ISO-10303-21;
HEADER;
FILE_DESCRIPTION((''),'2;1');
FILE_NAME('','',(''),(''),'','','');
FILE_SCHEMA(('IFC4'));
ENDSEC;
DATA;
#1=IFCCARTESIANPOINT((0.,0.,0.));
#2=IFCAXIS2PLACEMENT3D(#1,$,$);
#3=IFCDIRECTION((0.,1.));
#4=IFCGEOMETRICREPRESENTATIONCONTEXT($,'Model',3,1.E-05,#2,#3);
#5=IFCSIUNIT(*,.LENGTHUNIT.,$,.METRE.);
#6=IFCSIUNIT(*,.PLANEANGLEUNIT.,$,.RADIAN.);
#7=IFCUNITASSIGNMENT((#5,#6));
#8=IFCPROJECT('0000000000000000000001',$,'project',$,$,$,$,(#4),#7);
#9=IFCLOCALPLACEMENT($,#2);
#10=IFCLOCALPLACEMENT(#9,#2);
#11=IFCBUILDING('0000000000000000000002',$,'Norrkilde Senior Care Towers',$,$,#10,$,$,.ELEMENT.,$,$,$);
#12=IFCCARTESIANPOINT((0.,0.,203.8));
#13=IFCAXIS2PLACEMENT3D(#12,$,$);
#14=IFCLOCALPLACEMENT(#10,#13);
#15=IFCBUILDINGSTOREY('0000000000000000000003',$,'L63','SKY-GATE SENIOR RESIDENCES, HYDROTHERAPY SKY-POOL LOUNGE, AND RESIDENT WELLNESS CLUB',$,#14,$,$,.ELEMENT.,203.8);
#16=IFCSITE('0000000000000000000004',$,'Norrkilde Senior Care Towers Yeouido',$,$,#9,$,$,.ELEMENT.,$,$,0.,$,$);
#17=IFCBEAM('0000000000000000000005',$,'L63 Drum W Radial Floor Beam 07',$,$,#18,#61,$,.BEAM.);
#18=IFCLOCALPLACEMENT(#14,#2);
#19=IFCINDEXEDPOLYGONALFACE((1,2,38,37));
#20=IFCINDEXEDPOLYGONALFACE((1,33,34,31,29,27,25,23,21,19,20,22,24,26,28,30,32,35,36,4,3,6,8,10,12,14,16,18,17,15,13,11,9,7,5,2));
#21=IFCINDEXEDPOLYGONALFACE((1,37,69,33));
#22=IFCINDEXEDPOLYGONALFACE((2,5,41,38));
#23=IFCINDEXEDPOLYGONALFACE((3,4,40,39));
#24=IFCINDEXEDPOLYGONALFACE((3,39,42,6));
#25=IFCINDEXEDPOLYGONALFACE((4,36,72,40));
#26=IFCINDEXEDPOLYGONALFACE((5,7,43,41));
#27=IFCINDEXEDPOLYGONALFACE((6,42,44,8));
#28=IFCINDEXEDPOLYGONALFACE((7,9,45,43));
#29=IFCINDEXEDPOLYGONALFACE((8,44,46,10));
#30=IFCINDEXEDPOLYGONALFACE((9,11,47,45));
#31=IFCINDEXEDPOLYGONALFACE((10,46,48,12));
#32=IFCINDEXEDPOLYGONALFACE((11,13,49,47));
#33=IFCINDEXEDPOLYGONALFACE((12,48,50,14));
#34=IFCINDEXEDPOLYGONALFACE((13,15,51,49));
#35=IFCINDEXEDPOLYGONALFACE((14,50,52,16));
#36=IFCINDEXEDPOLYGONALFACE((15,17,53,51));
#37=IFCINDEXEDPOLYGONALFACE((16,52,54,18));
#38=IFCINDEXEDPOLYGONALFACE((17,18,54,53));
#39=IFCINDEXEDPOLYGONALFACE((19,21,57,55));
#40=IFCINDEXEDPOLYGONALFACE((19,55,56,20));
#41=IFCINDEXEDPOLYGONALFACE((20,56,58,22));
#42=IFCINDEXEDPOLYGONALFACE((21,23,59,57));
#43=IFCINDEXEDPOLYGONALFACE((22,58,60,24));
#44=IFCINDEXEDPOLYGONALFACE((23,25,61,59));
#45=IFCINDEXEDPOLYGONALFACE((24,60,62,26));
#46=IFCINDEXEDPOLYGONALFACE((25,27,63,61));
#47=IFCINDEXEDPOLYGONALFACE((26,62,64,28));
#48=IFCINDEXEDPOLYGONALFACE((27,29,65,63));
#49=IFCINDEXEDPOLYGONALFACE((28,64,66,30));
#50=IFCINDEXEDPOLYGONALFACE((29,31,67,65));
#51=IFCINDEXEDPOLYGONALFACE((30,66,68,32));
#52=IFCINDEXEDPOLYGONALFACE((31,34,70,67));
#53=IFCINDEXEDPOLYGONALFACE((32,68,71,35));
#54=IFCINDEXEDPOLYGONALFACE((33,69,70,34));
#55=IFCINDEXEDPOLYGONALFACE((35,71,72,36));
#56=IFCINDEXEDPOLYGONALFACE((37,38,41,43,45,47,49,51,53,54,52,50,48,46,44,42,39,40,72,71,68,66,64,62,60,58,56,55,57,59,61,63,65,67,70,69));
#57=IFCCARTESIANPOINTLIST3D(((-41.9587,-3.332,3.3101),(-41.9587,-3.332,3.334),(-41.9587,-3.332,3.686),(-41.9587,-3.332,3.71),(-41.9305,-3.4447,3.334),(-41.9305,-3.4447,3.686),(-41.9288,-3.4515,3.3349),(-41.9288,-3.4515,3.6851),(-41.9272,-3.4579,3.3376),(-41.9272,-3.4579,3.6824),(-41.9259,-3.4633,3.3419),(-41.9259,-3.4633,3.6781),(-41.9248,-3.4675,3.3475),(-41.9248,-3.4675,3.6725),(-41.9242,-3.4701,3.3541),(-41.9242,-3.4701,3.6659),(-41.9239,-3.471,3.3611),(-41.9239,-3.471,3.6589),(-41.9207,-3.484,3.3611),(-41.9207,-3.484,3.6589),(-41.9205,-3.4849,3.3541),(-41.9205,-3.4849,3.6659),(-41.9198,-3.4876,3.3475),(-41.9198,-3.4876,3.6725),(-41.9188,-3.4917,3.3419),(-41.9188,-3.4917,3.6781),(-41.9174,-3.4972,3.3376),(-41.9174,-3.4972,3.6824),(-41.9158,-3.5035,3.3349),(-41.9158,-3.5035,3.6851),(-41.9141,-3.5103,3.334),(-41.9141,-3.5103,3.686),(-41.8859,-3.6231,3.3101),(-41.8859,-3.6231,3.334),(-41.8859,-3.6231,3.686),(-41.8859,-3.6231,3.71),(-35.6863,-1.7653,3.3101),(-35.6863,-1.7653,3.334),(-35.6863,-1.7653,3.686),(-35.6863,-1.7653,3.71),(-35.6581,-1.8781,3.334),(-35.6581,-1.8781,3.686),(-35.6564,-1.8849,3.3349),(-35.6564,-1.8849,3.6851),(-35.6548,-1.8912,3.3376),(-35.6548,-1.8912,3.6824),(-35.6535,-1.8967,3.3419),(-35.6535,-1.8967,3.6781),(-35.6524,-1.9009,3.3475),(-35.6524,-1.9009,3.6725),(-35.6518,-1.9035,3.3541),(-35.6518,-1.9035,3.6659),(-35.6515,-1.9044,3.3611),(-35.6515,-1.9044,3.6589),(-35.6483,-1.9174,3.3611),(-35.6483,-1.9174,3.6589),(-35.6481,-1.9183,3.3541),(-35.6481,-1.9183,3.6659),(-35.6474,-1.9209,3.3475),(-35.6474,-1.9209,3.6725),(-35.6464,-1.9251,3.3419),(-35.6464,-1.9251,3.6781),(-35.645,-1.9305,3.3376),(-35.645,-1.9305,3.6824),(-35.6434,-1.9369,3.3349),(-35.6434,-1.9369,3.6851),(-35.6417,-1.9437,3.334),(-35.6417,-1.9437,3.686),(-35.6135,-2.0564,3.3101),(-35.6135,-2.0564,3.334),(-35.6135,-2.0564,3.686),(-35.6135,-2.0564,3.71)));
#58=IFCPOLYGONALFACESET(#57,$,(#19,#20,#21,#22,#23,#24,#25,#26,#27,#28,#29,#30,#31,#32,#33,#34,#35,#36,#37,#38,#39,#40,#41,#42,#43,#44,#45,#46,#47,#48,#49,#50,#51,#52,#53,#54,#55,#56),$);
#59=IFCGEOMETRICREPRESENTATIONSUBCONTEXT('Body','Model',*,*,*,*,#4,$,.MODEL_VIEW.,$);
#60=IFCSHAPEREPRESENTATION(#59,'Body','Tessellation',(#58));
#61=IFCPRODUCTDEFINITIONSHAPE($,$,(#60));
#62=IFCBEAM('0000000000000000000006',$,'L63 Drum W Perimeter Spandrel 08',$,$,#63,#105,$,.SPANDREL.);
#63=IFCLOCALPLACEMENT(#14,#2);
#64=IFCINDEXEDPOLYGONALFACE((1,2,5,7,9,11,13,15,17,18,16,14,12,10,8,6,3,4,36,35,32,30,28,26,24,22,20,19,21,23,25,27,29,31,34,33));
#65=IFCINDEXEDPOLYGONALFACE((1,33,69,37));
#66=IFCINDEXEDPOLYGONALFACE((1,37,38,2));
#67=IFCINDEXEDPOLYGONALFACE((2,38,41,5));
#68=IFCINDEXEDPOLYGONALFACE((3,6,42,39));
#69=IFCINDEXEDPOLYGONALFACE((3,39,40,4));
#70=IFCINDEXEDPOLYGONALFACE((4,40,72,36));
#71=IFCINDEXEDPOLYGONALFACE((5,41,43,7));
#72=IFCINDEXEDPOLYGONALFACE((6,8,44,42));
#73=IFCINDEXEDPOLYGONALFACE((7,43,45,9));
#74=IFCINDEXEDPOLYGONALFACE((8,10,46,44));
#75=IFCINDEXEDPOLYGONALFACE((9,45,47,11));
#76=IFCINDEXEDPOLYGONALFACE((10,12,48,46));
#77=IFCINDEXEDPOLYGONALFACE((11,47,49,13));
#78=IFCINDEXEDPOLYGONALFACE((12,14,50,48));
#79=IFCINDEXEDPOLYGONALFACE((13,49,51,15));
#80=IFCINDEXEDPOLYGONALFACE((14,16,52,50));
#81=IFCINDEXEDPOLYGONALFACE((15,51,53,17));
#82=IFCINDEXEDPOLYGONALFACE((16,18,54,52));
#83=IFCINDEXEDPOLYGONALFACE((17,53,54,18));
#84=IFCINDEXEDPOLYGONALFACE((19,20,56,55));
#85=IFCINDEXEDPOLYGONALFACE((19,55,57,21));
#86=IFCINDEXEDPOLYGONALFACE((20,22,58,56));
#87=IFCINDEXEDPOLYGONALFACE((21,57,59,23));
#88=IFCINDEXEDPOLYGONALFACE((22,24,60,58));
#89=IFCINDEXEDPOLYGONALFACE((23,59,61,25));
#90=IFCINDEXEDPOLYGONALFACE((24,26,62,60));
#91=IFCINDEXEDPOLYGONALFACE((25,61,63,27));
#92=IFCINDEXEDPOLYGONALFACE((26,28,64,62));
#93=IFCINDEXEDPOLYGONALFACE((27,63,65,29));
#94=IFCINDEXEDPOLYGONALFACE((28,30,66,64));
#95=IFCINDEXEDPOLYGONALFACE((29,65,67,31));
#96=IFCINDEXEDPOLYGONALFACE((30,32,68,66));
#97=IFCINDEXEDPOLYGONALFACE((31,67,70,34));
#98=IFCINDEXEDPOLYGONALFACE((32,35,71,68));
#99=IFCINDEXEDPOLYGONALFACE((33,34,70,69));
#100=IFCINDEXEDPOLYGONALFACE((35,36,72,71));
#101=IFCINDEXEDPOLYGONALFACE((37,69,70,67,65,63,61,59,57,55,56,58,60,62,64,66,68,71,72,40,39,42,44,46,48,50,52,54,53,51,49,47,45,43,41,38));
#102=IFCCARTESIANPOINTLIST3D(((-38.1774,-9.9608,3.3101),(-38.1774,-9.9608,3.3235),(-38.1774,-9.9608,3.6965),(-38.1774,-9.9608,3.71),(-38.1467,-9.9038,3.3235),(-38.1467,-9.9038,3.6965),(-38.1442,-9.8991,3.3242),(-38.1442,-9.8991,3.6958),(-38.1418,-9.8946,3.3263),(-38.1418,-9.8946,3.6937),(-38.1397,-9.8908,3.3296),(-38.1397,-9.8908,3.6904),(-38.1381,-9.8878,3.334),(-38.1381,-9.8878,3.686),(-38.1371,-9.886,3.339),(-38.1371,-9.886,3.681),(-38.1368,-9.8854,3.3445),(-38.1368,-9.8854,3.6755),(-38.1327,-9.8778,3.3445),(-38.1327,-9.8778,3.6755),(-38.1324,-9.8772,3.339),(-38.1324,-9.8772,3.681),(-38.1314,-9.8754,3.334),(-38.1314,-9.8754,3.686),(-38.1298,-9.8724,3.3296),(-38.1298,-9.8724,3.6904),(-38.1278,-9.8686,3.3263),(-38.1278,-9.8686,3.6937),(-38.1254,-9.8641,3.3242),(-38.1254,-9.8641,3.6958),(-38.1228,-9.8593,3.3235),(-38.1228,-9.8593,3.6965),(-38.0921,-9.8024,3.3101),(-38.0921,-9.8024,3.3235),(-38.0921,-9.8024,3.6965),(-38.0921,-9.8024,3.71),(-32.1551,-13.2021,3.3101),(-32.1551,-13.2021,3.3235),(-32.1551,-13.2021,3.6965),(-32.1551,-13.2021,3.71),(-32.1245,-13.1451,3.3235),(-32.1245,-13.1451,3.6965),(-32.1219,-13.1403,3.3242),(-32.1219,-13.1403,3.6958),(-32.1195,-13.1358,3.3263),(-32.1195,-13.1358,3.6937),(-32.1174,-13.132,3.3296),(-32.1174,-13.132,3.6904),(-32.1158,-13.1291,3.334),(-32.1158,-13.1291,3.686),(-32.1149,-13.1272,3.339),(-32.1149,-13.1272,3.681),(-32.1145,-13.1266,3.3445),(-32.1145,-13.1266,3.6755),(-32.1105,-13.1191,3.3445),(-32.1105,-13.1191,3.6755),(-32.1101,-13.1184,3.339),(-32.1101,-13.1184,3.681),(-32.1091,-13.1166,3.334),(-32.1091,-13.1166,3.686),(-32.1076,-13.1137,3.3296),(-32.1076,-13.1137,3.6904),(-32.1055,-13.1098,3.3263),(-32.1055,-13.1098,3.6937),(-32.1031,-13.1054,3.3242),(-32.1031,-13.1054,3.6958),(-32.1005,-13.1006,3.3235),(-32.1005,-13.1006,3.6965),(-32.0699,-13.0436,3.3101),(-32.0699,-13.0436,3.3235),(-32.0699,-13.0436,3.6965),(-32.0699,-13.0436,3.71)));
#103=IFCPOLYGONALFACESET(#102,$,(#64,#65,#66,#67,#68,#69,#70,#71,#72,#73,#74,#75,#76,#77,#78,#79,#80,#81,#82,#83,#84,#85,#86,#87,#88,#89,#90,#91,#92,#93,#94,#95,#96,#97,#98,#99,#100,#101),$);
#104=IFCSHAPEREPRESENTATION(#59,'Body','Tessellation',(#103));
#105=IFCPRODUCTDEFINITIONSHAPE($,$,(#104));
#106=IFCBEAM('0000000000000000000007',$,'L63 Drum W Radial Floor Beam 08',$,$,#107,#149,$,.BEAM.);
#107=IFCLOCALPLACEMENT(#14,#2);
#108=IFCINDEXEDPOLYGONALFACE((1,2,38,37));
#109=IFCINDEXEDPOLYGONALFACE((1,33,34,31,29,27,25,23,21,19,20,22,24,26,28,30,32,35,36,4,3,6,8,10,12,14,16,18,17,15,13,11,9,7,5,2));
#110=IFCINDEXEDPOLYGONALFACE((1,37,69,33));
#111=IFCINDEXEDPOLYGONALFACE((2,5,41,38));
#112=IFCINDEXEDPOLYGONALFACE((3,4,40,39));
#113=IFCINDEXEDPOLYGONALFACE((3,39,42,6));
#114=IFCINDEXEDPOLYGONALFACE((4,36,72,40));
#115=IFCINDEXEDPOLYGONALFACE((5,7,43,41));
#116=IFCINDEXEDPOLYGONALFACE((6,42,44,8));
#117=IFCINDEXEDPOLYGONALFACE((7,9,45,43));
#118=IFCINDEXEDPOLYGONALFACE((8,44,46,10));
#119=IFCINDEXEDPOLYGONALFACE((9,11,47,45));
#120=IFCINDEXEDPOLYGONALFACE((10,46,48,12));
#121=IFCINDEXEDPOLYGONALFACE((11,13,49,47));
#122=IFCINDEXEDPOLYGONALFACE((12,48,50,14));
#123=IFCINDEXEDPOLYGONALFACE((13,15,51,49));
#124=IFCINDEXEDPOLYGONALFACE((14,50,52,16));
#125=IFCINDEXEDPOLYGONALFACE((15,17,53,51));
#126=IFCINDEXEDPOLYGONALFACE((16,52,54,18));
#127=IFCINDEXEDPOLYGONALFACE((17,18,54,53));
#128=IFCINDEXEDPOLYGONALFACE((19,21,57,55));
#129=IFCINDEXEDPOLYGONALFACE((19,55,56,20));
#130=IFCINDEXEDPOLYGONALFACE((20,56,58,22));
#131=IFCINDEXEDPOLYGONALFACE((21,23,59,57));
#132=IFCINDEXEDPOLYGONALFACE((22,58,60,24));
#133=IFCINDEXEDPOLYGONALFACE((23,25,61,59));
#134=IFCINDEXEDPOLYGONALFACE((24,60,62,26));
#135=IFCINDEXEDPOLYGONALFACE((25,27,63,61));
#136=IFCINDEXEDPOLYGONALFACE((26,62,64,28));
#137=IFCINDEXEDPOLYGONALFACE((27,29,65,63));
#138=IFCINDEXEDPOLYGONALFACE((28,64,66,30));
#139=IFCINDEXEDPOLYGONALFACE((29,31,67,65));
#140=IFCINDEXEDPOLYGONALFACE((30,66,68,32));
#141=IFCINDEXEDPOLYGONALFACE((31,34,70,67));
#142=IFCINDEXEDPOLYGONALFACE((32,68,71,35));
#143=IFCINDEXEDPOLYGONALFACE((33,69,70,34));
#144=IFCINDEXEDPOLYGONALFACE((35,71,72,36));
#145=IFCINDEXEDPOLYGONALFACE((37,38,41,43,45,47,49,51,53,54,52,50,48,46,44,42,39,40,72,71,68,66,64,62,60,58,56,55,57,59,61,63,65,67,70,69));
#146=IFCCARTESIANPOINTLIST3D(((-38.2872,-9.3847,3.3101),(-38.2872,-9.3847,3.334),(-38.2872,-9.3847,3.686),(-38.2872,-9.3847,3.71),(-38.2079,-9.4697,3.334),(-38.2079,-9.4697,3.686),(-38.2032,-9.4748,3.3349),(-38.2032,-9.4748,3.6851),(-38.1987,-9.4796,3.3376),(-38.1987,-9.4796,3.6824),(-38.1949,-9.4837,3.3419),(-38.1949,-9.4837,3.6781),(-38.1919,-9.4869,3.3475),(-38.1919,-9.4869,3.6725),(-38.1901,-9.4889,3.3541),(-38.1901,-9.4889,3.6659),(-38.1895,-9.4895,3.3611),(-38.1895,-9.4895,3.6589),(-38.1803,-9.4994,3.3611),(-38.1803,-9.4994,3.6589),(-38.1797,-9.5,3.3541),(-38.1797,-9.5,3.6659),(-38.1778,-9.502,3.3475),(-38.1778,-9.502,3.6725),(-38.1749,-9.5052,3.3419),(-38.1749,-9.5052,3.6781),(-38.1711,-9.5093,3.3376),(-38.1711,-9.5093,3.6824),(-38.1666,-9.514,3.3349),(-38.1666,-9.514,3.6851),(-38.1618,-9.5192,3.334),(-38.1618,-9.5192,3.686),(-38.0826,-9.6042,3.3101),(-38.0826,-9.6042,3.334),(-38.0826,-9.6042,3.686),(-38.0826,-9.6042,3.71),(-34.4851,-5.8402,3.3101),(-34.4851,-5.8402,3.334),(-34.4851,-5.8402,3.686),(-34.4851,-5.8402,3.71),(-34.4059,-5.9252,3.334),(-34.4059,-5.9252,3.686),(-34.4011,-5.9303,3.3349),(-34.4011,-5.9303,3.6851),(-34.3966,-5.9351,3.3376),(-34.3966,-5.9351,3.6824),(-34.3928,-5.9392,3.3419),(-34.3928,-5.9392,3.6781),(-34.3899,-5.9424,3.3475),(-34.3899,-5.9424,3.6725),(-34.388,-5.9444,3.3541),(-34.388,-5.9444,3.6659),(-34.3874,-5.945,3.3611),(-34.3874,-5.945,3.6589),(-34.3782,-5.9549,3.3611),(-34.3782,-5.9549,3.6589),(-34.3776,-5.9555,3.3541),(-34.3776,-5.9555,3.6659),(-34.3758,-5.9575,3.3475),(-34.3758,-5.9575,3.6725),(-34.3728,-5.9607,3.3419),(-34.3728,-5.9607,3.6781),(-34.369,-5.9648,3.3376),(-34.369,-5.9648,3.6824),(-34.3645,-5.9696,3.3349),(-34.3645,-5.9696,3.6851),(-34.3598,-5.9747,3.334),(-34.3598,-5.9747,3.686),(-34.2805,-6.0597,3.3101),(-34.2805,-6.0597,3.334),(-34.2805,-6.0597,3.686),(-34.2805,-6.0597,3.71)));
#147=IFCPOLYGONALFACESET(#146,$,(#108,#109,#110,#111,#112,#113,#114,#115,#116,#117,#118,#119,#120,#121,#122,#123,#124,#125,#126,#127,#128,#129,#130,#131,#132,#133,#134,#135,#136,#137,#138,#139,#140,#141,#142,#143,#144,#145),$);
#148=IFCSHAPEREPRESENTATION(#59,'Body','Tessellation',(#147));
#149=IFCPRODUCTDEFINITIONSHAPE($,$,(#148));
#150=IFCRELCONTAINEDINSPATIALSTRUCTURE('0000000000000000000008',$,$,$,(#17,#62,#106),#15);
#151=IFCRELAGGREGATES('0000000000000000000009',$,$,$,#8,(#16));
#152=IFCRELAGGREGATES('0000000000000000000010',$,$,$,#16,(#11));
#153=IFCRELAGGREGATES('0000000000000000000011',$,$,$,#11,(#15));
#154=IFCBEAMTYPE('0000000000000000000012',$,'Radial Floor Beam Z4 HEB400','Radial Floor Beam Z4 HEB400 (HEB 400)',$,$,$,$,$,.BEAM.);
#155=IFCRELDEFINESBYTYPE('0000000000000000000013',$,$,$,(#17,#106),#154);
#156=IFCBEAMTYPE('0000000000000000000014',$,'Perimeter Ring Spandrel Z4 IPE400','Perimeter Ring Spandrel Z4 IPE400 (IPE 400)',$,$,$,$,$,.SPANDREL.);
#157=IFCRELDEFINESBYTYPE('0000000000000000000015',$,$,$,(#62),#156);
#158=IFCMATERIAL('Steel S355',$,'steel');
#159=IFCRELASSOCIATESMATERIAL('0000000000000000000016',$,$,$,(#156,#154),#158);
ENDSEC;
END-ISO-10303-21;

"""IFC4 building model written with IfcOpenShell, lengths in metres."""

from ifc_helpers import new_model, si_unit, direction, frame, origin, origin_2d, place, context, subcontext, project, spatial, i_section, extrude, source, transform, mapped, material, material_profile, profile_set, type_object, type_shapes, element, save


model = new_model("IFC4")

# Units and contexts
model_context = context("Model", 3, precision=1e-05, world=origin(), true_north=direction((0.0, 1.0)))
body_context = subcontext(model_context, "Body", "Model", "MODEL_VIEW")
ifc_project = project(units=[si_unit("LENGTHUNIT", "METRE"), si_unit("PLANEANGLEUNIT", "RADIAN")], contexts=[model_context])

# Site, building, storey
site_placement = place(None, origin())
site = spatial("IfcSite", under=ifc_project, at=site_placement, Name="Norrkilde Senior Care Towers Yeouido", CompositionType="ELEMENT", RefElevation=0.0)
building_placement = place(site_placement, origin())
building = spatial("IfcBuilding", under=site, at=building_placement, Name="Norrkilde Senior Care Towers", CompositionType="ELEMENT")
storey_placement = place(building_placement, frame((0.0, 0.0, 203.8)))
storey = spatial("IfcBuildingStorey", under=building, at=storey_placement, Name="L63", Description="SKY-GATE SENIOR RESIDENCES, HYDROTHERAPY SKY-POOL LOUNGE, AND RESIDENT WELLNESS CLUB", CompositionType="ELEMENT", Elevation=203.8)

# Beams
ifc_material_1 = material(Name="Steel S355", Category="steel")
ifc_material_profile_1 = material_profile(ifc_material_1, i_section(OverallWidth=0.1799, OverallDepth=0.3999, WebThickness=0.0085, FlangeThickness=0.0134, FilletRadius=0.021, at=origin_2d()), Name="IPE 400")
ifc_profile_set_1 = profile_set([ifc_material_profile_1], Name="Steel S355")
beam_type_1 = type_object("IfcBeamType", Name="Perimeter Ring Spandrel Z4 IPE400", Description="Perimeter Ring Spandrel Z4 IPE400 (IPE 400)", PredefinedType="SPANDREL", material=ifc_profile_set_1)
ifc_material_profile_2 = material_profile(ifc_material_1, i_section(OverallWidth=0.3, OverallDepth=0.3999, WebThickness=0.0134, FlangeThickness=0.0239, FilletRadius=0.0271, at=origin_2d()), Name="HEB 400")
ifc_profile_set_2 = profile_set([ifc_material_profile_2], Name="Steel S355")
beam_type_2 = type_object("IfcBeamType", Name="Radial Floor Beam Z4 HEB400", Description="Radial Floor Beam Z4 HEB400 (HEB 400)", PredefinedType="BEAM", material=ifc_profile_set_2)
shared_shape_1 = source(origin(), body_context, "Body", "SweptSolid", [
    extrude(i_section(OverallWidth=0.3, OverallDepth=0.3999, WebThickness=0.0134, FlangeThickness=0.0239, FilletRadius=0.0271, at=origin_2d()), origin(), (0.0, 0.0, 1.0), 6.4651),
])
beam_1_placement = place(storey_placement, frame((-35.6499, -1.9109, 3.51), z_axis=(-0.970196, -0.242322, 0.0), x_axis=(0.242322, -0.970196, 0.0)))
element("IfcBeam", 1, at=beam_1_placement, inside=storey, type_object=beam_type_2, Name="L63 Drum W Radial Floor Beam 07", PredefinedType="BEAM", context=body_context, shape_type="MappedRepresentation", body=[
    mapped(shared_shape_1, transform((0.0, 0.0, 0.0), x_axis=(1.0, 0.0, 0.0), y_axis=(0.0, 1.0, 0.0), z_axis=(0.0, 0.0, 1.0), scale=1.0)),
])
shared_shape_2 = source(origin(), body_context, "Body", "SweptSolid", [
    extrude(i_section(OverallWidth=0.1799, OverallDepth=0.3999, WebThickness=0.0085, FlangeThickness=0.0134, FilletRadius=0.021, at=origin_2d()), origin(), (0.0, 0.0, 1.0), 6.8391),
])
beam_2_placement = place(storey_placement, frame((-38.1348, -9.8816, 3.51), z_axis=(0.880564, -0.473927, 0.0), x_axis=(0.473927, 0.880564, 0.0)))
element("IfcBeam", 2, at=beam_2_placement, inside=storey, type_object=beam_type_1, Name="L63 Drum W Perimeter Spandrel 08", PredefinedType="SPANDREL", context=body_context, shape_type="MappedRepresentation", body=[
    mapped(shared_shape_2, transform((0.0, 0.0, 0.0), x_axis=(1.0, 0.0, 0.0), y_axis=(0.0, 1.0, 0.0), z_axis=(0.0, 0.0, 1.0), scale=1.0)),
])
shared_shape_3 = source(origin(), body_context, "Body", "SweptSolid", [
    extrude(i_section(OverallWidth=0.3, OverallDepth=0.3999, WebThickness=0.0134, FlangeThickness=0.0239, FilletRadius=0.0271, at=origin_2d()), origin(), (0.0, 0.0, 1.0), 5.198),
])
type_shapes(beam_type_2, [shared_shape_1, shared_shape_3])
beam_3_placement = place(storey_placement, frame((-34.3828, -5.95, 3.51), z_axis=(-0.731449, -0.681896, 0.0), x_axis=(0.681896, -0.731449, 0.0)))
element("IfcBeam", 3, at=beam_3_placement, inside=storey, type_object=beam_type_2, Name="L63 Drum W Radial Floor Beam 08", PredefinedType="BEAM", context=body_context, shape_type="MappedRepresentation", body=[
    mapped(shared_shape_3, transform((0.0, 0.0, 0.0), x_axis=(1.0, 0.0, 0.0), y_axis=(0.0, 1.0, 0.0), z_axis=(0.0, 0.0, 1.0), scale=1.0)),
])

save(model, "model.ifc")
